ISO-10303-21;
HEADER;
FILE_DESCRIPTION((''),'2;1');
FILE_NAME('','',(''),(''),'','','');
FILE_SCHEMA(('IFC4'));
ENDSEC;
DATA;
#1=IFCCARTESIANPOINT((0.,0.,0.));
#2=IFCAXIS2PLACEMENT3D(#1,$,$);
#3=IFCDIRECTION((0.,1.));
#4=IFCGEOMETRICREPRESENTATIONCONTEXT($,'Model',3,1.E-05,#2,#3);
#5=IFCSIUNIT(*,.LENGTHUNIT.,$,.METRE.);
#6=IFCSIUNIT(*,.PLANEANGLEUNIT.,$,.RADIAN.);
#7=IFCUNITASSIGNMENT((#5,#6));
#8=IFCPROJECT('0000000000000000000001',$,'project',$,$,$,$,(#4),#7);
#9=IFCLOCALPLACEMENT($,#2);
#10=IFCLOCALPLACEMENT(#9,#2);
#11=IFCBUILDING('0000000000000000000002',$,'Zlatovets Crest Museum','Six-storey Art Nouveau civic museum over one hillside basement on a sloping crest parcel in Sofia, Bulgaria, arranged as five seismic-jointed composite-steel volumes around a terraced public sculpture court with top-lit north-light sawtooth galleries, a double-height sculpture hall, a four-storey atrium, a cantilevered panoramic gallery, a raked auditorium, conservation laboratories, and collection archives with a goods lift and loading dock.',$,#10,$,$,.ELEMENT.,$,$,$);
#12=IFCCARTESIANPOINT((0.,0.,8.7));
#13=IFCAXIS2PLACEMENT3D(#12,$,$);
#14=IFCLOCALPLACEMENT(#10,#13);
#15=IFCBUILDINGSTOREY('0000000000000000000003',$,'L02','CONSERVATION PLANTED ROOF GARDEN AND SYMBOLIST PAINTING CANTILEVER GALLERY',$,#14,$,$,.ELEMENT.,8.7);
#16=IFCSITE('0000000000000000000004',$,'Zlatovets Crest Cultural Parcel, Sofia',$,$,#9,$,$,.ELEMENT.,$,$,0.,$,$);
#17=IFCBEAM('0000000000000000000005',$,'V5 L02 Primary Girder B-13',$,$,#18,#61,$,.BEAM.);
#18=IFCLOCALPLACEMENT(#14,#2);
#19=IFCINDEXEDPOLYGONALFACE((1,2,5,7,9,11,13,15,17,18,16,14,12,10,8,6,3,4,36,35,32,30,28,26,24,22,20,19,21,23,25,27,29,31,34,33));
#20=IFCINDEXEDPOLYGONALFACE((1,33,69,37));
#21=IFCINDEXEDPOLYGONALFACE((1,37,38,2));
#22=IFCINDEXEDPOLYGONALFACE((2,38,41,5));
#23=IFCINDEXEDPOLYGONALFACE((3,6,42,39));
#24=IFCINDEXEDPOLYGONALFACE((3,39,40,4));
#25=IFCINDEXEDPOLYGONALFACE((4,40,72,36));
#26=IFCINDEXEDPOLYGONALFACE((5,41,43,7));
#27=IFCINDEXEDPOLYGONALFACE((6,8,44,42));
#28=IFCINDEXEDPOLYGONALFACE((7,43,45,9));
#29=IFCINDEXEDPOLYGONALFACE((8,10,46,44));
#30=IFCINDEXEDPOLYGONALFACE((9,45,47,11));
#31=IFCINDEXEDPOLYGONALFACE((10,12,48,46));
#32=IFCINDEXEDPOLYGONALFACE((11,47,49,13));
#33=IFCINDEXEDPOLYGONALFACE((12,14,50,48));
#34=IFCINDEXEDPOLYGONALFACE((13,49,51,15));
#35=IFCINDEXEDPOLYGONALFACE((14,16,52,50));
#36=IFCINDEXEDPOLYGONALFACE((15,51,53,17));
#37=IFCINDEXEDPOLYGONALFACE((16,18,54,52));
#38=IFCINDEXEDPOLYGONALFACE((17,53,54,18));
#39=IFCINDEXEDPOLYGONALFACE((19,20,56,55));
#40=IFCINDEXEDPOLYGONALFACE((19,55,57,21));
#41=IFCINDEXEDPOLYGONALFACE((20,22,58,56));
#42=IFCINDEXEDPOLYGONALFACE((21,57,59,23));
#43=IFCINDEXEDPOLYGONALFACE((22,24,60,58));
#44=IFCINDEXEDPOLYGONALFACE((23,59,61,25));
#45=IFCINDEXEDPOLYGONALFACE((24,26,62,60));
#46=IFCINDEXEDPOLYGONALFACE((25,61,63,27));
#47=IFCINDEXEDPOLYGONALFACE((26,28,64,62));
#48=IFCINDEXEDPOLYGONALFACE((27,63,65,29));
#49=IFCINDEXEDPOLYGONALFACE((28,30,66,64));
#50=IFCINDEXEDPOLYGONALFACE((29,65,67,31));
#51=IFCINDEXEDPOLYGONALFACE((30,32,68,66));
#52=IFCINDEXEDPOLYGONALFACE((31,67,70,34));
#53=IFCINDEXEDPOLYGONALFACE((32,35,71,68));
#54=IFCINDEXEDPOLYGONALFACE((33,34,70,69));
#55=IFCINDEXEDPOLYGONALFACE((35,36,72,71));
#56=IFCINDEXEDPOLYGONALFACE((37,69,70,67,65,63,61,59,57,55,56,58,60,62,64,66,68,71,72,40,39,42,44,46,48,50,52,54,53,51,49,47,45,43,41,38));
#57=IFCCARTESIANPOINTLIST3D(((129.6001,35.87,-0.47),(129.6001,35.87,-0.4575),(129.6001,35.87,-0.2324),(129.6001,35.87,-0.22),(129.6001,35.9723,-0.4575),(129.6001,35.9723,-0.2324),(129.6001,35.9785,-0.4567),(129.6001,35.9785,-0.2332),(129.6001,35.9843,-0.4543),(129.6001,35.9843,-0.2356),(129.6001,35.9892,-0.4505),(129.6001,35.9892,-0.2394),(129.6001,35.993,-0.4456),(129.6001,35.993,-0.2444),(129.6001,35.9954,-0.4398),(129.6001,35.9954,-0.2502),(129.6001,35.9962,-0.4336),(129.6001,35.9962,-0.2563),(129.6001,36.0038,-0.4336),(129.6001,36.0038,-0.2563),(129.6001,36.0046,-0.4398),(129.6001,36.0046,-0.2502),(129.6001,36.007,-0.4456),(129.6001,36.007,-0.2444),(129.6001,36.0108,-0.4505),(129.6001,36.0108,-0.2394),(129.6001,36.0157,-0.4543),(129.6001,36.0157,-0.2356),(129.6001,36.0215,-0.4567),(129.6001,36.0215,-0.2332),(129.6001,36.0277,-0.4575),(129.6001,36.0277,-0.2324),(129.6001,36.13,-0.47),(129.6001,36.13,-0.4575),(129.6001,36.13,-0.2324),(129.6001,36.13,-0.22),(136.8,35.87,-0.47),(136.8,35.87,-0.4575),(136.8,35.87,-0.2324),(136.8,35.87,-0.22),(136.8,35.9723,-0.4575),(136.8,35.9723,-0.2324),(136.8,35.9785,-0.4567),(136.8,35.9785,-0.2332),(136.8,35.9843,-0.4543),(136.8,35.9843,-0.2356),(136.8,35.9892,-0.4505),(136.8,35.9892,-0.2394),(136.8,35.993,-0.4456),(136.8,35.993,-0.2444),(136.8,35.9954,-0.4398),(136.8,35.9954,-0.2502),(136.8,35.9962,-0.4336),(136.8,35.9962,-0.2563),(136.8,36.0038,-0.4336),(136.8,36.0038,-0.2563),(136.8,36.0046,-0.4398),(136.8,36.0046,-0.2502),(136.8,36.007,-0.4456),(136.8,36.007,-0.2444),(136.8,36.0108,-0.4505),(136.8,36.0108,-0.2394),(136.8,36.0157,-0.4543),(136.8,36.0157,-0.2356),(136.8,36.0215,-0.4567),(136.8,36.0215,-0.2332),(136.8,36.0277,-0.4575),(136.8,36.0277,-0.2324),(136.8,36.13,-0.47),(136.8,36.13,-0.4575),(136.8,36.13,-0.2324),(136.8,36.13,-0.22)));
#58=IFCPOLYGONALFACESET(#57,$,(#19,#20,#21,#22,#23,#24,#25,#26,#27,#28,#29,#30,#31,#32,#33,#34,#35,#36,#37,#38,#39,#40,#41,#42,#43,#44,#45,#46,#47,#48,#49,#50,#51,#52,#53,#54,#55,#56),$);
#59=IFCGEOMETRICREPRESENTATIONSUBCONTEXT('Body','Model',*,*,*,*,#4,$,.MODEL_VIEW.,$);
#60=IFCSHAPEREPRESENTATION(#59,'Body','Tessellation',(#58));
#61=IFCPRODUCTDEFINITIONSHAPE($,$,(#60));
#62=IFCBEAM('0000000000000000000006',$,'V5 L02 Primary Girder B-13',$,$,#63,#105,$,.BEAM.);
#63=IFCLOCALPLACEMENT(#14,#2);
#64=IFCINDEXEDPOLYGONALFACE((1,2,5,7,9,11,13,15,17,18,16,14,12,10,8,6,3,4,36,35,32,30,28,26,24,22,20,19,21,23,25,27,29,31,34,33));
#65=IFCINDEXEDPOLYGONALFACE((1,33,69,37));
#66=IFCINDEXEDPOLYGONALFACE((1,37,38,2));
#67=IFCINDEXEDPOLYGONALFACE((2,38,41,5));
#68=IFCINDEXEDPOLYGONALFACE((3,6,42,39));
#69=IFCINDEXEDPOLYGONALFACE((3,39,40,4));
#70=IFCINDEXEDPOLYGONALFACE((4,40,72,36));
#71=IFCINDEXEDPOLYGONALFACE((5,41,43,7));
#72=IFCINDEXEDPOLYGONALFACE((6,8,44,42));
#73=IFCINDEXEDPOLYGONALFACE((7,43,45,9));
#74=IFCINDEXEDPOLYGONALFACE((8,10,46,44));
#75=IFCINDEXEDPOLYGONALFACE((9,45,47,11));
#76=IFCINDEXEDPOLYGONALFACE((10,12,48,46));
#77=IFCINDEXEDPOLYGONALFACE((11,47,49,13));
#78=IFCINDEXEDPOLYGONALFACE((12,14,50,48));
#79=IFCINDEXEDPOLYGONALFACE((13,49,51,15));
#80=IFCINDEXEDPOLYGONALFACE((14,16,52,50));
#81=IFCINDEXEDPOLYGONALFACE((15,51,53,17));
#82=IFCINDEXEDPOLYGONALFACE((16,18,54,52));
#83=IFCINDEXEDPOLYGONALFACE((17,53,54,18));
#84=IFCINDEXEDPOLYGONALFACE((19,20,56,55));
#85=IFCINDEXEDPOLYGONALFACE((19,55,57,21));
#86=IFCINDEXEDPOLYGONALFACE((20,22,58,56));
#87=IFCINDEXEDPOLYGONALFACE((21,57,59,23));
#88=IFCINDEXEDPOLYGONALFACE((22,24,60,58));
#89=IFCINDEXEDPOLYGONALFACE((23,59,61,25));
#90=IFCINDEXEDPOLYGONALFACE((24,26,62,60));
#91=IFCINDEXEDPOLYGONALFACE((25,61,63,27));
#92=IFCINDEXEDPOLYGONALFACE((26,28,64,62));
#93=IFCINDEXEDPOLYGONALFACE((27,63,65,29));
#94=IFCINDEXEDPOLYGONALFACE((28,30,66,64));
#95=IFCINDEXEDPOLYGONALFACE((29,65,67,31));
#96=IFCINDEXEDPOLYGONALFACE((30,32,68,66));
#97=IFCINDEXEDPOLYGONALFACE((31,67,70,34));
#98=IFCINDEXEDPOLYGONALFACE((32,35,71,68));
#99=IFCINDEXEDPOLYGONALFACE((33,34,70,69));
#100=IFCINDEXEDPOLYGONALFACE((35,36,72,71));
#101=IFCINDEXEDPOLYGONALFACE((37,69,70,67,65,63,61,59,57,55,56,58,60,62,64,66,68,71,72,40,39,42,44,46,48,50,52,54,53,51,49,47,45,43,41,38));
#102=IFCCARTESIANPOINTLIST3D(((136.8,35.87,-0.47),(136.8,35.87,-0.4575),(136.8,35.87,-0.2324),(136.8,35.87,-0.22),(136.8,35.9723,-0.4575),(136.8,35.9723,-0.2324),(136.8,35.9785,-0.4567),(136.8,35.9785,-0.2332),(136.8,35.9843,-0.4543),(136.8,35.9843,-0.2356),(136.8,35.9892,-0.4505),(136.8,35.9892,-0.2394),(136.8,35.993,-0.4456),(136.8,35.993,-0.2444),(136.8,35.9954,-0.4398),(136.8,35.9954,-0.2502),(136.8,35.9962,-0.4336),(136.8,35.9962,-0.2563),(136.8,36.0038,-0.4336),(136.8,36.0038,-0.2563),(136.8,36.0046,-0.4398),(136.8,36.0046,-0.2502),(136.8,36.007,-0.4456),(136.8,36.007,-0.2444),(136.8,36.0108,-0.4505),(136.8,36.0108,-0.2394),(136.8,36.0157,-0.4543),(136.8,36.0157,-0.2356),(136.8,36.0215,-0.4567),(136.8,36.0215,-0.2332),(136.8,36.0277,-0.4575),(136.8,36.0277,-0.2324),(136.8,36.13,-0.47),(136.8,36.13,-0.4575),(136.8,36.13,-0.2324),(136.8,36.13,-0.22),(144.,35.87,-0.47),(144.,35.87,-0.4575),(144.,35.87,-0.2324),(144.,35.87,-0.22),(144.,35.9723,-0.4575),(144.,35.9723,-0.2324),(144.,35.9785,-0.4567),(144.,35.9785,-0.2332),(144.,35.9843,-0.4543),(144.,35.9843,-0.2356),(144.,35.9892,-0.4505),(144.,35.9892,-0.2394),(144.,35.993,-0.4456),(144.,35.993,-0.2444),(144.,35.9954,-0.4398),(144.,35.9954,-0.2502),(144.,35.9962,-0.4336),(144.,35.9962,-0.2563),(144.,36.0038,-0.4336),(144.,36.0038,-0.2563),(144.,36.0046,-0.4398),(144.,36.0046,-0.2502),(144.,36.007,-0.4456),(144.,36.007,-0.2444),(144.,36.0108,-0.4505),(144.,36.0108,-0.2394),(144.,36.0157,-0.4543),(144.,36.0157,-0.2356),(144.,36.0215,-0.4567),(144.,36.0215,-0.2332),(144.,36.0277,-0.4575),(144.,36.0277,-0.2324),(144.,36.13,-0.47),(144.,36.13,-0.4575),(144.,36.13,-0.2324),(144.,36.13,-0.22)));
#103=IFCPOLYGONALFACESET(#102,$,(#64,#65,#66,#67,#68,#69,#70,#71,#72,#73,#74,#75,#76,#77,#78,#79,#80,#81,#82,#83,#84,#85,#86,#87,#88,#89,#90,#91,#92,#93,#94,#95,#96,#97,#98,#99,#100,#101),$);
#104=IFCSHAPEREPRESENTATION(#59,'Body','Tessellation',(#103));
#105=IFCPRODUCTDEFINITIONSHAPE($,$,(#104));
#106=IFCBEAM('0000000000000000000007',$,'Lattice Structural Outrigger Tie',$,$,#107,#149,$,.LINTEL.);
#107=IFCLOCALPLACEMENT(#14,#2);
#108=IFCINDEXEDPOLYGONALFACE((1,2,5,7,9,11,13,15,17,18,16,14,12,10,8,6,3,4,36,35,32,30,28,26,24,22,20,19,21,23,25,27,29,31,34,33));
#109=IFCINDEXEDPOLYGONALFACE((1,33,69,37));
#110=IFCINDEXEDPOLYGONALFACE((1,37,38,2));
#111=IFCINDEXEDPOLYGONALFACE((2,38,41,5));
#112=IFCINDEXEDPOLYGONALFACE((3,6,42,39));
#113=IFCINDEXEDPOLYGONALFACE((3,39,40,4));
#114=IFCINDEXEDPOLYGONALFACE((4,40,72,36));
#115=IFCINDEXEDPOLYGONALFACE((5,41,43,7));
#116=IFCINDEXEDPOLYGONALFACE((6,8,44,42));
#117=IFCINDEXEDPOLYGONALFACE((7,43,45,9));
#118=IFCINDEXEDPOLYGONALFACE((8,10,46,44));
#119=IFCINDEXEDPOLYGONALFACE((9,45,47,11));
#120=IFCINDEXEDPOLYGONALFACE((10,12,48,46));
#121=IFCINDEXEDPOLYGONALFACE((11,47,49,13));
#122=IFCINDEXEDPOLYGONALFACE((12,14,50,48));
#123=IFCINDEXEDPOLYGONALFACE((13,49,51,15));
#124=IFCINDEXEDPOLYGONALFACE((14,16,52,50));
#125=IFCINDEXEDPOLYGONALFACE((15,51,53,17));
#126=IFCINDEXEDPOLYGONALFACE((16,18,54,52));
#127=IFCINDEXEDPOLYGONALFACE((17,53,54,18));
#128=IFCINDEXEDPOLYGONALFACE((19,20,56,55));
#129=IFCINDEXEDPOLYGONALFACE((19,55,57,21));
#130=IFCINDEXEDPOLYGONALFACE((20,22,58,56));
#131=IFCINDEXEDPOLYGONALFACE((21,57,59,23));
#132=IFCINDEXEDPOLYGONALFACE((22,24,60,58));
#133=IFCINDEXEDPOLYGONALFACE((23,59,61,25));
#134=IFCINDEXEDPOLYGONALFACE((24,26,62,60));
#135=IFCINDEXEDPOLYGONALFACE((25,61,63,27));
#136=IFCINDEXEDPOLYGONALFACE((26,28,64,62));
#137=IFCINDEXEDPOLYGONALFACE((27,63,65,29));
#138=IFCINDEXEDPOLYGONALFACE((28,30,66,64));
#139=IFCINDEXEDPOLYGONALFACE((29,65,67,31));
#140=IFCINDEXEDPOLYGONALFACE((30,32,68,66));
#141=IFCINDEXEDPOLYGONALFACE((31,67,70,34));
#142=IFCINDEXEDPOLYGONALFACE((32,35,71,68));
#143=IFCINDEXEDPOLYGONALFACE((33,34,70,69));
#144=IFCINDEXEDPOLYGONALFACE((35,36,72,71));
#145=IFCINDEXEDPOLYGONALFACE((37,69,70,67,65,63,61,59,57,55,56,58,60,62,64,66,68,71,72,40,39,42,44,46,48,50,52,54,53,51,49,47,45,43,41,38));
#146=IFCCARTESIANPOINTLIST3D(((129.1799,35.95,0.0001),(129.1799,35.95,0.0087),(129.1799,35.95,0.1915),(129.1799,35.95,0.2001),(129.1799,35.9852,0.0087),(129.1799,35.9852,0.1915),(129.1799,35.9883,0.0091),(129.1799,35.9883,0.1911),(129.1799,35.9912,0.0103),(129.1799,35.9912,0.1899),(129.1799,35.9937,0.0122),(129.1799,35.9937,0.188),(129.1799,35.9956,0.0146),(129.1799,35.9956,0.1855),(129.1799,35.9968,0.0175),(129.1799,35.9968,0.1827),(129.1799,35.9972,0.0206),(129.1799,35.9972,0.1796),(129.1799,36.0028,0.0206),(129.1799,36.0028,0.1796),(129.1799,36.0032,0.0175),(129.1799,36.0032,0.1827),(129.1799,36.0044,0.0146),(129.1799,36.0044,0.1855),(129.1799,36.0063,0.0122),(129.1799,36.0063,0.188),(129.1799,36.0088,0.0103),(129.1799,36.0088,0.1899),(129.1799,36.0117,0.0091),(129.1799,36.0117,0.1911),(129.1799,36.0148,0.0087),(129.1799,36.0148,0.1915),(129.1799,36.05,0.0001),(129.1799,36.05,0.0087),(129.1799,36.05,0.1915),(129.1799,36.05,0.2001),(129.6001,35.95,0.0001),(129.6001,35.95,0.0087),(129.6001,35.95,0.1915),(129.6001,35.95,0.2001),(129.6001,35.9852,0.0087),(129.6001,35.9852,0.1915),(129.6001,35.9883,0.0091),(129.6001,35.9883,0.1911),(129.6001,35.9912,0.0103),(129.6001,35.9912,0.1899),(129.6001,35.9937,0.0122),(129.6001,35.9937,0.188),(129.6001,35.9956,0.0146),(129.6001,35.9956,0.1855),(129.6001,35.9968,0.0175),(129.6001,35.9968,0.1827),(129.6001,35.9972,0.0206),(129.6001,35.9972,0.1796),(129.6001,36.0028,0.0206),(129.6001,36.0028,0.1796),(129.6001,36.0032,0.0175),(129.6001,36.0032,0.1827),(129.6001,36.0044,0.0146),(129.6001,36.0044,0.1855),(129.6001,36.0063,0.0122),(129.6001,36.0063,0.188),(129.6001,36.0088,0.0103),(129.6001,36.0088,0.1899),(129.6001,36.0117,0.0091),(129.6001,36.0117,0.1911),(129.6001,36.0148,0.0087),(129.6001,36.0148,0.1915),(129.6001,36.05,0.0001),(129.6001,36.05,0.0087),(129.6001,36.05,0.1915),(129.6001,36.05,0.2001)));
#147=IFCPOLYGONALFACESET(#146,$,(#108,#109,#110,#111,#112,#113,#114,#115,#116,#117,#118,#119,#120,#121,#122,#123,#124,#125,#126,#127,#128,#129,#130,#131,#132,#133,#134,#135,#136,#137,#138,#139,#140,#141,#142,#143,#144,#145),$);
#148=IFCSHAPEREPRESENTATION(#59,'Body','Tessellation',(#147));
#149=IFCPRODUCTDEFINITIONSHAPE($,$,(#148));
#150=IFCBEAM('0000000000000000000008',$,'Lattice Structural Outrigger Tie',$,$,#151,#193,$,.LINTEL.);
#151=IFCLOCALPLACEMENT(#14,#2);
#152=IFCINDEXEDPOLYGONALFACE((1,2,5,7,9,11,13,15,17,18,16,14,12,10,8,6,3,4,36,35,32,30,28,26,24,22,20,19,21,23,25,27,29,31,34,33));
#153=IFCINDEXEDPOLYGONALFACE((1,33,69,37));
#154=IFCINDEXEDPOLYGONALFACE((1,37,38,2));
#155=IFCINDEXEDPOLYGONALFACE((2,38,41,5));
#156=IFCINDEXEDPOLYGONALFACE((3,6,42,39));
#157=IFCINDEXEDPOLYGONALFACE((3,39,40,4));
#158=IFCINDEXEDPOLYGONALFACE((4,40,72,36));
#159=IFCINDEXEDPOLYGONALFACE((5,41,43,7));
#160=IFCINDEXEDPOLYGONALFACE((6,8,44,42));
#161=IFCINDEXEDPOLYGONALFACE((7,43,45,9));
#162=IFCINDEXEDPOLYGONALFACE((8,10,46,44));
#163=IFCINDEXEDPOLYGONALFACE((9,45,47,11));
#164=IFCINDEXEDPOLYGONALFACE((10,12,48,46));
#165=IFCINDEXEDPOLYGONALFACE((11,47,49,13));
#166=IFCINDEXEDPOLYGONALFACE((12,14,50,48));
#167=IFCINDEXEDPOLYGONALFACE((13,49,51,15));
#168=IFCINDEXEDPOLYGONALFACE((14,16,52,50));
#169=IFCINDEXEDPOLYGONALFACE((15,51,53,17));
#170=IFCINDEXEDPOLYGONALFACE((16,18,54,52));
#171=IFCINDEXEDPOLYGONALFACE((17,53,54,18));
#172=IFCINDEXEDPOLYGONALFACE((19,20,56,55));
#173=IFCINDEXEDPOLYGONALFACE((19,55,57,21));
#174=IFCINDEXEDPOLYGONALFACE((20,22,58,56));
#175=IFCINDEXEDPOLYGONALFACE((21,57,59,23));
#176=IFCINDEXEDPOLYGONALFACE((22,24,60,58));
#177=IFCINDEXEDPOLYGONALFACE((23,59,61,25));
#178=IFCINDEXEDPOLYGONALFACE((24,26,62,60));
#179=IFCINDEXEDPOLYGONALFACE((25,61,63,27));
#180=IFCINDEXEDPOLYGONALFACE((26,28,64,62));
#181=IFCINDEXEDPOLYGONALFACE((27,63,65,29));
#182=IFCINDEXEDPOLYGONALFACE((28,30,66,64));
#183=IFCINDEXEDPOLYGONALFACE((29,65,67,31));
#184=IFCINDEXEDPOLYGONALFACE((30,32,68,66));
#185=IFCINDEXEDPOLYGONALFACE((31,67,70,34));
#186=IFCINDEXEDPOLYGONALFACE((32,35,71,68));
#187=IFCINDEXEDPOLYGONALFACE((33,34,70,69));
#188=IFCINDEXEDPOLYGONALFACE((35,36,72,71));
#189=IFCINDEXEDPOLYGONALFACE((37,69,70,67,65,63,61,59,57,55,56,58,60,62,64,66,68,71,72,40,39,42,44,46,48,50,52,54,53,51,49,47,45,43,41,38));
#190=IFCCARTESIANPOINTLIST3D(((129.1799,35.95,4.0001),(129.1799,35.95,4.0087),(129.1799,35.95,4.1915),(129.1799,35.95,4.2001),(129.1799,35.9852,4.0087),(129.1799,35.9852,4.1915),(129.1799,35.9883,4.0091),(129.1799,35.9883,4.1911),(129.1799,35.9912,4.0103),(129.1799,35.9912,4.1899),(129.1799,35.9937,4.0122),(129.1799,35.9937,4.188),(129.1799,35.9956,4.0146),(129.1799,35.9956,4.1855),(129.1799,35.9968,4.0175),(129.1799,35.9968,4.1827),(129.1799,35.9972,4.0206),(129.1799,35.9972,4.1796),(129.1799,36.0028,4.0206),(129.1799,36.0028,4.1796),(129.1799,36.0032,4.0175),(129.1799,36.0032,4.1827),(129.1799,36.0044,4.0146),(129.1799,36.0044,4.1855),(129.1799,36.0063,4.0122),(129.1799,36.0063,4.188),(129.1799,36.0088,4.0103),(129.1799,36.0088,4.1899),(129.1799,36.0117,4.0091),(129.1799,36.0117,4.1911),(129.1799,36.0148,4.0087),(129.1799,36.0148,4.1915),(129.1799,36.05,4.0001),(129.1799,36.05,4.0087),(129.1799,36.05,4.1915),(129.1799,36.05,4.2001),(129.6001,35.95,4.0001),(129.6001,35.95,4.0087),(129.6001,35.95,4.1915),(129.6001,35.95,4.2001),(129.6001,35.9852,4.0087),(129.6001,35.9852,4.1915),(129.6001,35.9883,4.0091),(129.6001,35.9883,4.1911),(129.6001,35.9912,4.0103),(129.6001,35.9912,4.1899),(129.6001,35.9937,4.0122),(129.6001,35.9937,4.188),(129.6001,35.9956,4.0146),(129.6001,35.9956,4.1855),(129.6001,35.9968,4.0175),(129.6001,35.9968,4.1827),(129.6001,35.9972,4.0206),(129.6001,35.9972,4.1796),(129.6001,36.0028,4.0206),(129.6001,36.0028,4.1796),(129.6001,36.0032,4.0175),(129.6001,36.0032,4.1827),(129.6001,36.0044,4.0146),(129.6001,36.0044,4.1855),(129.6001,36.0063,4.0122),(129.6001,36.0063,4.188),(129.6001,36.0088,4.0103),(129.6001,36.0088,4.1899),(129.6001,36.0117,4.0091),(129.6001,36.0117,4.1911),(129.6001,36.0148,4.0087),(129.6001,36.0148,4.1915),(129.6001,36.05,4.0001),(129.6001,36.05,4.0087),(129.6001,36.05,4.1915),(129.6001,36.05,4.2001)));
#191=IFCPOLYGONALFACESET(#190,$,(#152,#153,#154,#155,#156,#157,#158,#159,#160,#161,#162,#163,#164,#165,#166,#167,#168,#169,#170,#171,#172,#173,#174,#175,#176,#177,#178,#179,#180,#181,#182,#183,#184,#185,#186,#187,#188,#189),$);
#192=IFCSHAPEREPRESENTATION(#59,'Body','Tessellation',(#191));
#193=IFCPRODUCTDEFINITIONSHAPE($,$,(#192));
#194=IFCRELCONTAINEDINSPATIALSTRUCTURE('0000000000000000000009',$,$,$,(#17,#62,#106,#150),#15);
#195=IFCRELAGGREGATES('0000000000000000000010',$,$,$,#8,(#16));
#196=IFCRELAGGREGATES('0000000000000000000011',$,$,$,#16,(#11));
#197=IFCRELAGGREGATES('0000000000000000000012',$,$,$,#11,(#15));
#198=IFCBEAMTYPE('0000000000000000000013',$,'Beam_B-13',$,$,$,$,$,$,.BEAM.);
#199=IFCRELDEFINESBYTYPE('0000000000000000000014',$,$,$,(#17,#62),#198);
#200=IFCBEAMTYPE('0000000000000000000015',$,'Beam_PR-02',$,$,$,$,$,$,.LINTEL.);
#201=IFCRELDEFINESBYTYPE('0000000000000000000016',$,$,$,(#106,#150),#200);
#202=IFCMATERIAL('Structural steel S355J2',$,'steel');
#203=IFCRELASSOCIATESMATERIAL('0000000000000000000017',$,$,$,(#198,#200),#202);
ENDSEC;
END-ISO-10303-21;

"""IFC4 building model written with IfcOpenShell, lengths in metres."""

from ifc_helpers import new_model, si_unit, direction, frame, origin, origin_2d, place, context, subcontext, project, spatial, i_section, extrude, material, material_profile, profile_set, type_object, element, save


model = new_model("IFC4")

# Units and contexts
model_context = context("Model", 3, precision=1e-05, world=origin(), true_north=direction((0.0, 1.0)))
body_context = subcontext(model_context, "Body", "Model", "MODEL_VIEW")
ifc_project = project(units=[si_unit("LENGTHUNIT", "METRE"), si_unit("PLANEANGLEUNIT", "RADIAN")], contexts=[model_context])

# Site, building, storey
site_placement = place(None, origin())
site = spatial("IfcSite", under=ifc_project, at=site_placement, Name="Zlatovets Crest Cultural Parcel, Sofia", CompositionType="ELEMENT", RefElevation=0.0)
building_placement = place(site_placement, origin())
building = spatial("IfcBuilding", under=site, at=building_placement, Name="Zlatovets Crest Museum", Description="Six-storey Art Nouveau civic museum over one hillside basement on a sloping crest parcel in Sofia, Bulgaria, arranged as five seismic-jointed composite-steel volumes around a terraced public sculpture court with top-lit north-light sawtooth galleries, a double-height sculpture hall, a four-storey atrium, a cantilevered panoramic gallery, a raked auditorium, conservation laboratories, and collection archives with a goods lift and loading dock.", CompositionType="ELEMENT")
storey_placement = place(building_placement, frame((0.0, 0.0, 8.7)))
storey = spatial("IfcBuildingStorey", under=building, at=storey_placement, Name="L02", Description="CONSERVATION PLANTED ROOF GARDEN AND SYMBOLIST PAINTING CANTILEVER GALLERY", CompositionType="ELEMENT", Elevation=8.7)

# Shared definitions
ifc_material_1 = material(Name="Structural steel S355J2", Category="steel")

# Beams
ifc_material_profile_1 = material_profile(ifc_material_1, i_section(OverallWidth=0.26, OverallDepth=0.25, WebThickness=0.0076, FlangeThickness=0.0125, FilletRadius=0.0239, at=origin_2d()), Name="HEA 260")
ifc_profile_set_1 = profile_set([ifc_material_profile_1], Name="Structural steel S355J2")
beam_type_1 = type_object("IfcBeamType", Name="Beam_B-13", PredefinedType="BEAM", material=ifc_profile_set_1)
for number, where, z_axis, x_axis, name in (
    (1, (129.6001, 36.0, -0.345), (1.0, 0.0, 0.0), (0.0, 1.0, 0.0), "V5 L02 Primary Girder B-13"),
    (2, (136.8, 36.0, -0.345), (1.0, 0.0, 0.0), (0.0, 1.0, 0.0), "V5 L02 Primary Girder B-13"),
):
    element("IfcBeam", number, at=place(storey_placement, frame(where, z_axis=z_axis, x_axis=x_axis)), inside=storey, type_object=beam_type_1, Name=name, PredefinedType="BEAM", context=body_context, shape_type="SweptSolid", body=[
        extrude(i_section(OverallWidth=0.26, OverallDepth=0.25, WebThickness=0.0076, FlangeThickness=0.0125, FilletRadius=0.0239, at=origin_2d()), origin(), (0.0, 0.0, 1.0), 7.2),
    ])
ifc_material_profile_2 = material_profile(ifc_material_1, i_section(OverallWidth=0.1001, OverallDepth=0.2, WebThickness=0.0056, FlangeThickness=0.0085, FilletRadius=0.012, at=origin_2d()), Name="IPE 200")
ifc_profile_set_2 = profile_set([ifc_material_profile_2], Name="Structural steel S355J2")
beam_type_2 = type_object("IfcBeamType", Name="Beam_PR-02", PredefinedType="LINTEL", material=ifc_profile_set_2)
for number, where, z_axis, x_axis, name in (
    (3, (129.6001, 36.0, 0.1001), (-1.0, 0.0, 0.0), (0.0, -1.0, 0.0), "Lattice Structural Outrigger Tie"),
    (4, (129.6001, 36.0, 4.1001), (-1.0, 0.0, 0.0), (0.0, -1.0, 0.0), "Lattice Structural Outrigger Tie"),
):
    element("IfcBeam", number, at=place(storey_placement, frame(where, z_axis=z_axis, x_axis=x_axis)), inside=storey, type_object=beam_type_2, Name=name, PredefinedType="LINTEL", context=body_context, shape_type="SweptSolid", body=[
        extrude(i_section(OverallWidth=0.1001, OverallDepth=0.2, WebThickness=0.0056, FlangeThickness=0.0085, FilletRadius=0.012, at=origin_2d()), origin(), (0.0, 0.0, 1.0), 0.4202),
    ])

save(model, "model.ifc")
